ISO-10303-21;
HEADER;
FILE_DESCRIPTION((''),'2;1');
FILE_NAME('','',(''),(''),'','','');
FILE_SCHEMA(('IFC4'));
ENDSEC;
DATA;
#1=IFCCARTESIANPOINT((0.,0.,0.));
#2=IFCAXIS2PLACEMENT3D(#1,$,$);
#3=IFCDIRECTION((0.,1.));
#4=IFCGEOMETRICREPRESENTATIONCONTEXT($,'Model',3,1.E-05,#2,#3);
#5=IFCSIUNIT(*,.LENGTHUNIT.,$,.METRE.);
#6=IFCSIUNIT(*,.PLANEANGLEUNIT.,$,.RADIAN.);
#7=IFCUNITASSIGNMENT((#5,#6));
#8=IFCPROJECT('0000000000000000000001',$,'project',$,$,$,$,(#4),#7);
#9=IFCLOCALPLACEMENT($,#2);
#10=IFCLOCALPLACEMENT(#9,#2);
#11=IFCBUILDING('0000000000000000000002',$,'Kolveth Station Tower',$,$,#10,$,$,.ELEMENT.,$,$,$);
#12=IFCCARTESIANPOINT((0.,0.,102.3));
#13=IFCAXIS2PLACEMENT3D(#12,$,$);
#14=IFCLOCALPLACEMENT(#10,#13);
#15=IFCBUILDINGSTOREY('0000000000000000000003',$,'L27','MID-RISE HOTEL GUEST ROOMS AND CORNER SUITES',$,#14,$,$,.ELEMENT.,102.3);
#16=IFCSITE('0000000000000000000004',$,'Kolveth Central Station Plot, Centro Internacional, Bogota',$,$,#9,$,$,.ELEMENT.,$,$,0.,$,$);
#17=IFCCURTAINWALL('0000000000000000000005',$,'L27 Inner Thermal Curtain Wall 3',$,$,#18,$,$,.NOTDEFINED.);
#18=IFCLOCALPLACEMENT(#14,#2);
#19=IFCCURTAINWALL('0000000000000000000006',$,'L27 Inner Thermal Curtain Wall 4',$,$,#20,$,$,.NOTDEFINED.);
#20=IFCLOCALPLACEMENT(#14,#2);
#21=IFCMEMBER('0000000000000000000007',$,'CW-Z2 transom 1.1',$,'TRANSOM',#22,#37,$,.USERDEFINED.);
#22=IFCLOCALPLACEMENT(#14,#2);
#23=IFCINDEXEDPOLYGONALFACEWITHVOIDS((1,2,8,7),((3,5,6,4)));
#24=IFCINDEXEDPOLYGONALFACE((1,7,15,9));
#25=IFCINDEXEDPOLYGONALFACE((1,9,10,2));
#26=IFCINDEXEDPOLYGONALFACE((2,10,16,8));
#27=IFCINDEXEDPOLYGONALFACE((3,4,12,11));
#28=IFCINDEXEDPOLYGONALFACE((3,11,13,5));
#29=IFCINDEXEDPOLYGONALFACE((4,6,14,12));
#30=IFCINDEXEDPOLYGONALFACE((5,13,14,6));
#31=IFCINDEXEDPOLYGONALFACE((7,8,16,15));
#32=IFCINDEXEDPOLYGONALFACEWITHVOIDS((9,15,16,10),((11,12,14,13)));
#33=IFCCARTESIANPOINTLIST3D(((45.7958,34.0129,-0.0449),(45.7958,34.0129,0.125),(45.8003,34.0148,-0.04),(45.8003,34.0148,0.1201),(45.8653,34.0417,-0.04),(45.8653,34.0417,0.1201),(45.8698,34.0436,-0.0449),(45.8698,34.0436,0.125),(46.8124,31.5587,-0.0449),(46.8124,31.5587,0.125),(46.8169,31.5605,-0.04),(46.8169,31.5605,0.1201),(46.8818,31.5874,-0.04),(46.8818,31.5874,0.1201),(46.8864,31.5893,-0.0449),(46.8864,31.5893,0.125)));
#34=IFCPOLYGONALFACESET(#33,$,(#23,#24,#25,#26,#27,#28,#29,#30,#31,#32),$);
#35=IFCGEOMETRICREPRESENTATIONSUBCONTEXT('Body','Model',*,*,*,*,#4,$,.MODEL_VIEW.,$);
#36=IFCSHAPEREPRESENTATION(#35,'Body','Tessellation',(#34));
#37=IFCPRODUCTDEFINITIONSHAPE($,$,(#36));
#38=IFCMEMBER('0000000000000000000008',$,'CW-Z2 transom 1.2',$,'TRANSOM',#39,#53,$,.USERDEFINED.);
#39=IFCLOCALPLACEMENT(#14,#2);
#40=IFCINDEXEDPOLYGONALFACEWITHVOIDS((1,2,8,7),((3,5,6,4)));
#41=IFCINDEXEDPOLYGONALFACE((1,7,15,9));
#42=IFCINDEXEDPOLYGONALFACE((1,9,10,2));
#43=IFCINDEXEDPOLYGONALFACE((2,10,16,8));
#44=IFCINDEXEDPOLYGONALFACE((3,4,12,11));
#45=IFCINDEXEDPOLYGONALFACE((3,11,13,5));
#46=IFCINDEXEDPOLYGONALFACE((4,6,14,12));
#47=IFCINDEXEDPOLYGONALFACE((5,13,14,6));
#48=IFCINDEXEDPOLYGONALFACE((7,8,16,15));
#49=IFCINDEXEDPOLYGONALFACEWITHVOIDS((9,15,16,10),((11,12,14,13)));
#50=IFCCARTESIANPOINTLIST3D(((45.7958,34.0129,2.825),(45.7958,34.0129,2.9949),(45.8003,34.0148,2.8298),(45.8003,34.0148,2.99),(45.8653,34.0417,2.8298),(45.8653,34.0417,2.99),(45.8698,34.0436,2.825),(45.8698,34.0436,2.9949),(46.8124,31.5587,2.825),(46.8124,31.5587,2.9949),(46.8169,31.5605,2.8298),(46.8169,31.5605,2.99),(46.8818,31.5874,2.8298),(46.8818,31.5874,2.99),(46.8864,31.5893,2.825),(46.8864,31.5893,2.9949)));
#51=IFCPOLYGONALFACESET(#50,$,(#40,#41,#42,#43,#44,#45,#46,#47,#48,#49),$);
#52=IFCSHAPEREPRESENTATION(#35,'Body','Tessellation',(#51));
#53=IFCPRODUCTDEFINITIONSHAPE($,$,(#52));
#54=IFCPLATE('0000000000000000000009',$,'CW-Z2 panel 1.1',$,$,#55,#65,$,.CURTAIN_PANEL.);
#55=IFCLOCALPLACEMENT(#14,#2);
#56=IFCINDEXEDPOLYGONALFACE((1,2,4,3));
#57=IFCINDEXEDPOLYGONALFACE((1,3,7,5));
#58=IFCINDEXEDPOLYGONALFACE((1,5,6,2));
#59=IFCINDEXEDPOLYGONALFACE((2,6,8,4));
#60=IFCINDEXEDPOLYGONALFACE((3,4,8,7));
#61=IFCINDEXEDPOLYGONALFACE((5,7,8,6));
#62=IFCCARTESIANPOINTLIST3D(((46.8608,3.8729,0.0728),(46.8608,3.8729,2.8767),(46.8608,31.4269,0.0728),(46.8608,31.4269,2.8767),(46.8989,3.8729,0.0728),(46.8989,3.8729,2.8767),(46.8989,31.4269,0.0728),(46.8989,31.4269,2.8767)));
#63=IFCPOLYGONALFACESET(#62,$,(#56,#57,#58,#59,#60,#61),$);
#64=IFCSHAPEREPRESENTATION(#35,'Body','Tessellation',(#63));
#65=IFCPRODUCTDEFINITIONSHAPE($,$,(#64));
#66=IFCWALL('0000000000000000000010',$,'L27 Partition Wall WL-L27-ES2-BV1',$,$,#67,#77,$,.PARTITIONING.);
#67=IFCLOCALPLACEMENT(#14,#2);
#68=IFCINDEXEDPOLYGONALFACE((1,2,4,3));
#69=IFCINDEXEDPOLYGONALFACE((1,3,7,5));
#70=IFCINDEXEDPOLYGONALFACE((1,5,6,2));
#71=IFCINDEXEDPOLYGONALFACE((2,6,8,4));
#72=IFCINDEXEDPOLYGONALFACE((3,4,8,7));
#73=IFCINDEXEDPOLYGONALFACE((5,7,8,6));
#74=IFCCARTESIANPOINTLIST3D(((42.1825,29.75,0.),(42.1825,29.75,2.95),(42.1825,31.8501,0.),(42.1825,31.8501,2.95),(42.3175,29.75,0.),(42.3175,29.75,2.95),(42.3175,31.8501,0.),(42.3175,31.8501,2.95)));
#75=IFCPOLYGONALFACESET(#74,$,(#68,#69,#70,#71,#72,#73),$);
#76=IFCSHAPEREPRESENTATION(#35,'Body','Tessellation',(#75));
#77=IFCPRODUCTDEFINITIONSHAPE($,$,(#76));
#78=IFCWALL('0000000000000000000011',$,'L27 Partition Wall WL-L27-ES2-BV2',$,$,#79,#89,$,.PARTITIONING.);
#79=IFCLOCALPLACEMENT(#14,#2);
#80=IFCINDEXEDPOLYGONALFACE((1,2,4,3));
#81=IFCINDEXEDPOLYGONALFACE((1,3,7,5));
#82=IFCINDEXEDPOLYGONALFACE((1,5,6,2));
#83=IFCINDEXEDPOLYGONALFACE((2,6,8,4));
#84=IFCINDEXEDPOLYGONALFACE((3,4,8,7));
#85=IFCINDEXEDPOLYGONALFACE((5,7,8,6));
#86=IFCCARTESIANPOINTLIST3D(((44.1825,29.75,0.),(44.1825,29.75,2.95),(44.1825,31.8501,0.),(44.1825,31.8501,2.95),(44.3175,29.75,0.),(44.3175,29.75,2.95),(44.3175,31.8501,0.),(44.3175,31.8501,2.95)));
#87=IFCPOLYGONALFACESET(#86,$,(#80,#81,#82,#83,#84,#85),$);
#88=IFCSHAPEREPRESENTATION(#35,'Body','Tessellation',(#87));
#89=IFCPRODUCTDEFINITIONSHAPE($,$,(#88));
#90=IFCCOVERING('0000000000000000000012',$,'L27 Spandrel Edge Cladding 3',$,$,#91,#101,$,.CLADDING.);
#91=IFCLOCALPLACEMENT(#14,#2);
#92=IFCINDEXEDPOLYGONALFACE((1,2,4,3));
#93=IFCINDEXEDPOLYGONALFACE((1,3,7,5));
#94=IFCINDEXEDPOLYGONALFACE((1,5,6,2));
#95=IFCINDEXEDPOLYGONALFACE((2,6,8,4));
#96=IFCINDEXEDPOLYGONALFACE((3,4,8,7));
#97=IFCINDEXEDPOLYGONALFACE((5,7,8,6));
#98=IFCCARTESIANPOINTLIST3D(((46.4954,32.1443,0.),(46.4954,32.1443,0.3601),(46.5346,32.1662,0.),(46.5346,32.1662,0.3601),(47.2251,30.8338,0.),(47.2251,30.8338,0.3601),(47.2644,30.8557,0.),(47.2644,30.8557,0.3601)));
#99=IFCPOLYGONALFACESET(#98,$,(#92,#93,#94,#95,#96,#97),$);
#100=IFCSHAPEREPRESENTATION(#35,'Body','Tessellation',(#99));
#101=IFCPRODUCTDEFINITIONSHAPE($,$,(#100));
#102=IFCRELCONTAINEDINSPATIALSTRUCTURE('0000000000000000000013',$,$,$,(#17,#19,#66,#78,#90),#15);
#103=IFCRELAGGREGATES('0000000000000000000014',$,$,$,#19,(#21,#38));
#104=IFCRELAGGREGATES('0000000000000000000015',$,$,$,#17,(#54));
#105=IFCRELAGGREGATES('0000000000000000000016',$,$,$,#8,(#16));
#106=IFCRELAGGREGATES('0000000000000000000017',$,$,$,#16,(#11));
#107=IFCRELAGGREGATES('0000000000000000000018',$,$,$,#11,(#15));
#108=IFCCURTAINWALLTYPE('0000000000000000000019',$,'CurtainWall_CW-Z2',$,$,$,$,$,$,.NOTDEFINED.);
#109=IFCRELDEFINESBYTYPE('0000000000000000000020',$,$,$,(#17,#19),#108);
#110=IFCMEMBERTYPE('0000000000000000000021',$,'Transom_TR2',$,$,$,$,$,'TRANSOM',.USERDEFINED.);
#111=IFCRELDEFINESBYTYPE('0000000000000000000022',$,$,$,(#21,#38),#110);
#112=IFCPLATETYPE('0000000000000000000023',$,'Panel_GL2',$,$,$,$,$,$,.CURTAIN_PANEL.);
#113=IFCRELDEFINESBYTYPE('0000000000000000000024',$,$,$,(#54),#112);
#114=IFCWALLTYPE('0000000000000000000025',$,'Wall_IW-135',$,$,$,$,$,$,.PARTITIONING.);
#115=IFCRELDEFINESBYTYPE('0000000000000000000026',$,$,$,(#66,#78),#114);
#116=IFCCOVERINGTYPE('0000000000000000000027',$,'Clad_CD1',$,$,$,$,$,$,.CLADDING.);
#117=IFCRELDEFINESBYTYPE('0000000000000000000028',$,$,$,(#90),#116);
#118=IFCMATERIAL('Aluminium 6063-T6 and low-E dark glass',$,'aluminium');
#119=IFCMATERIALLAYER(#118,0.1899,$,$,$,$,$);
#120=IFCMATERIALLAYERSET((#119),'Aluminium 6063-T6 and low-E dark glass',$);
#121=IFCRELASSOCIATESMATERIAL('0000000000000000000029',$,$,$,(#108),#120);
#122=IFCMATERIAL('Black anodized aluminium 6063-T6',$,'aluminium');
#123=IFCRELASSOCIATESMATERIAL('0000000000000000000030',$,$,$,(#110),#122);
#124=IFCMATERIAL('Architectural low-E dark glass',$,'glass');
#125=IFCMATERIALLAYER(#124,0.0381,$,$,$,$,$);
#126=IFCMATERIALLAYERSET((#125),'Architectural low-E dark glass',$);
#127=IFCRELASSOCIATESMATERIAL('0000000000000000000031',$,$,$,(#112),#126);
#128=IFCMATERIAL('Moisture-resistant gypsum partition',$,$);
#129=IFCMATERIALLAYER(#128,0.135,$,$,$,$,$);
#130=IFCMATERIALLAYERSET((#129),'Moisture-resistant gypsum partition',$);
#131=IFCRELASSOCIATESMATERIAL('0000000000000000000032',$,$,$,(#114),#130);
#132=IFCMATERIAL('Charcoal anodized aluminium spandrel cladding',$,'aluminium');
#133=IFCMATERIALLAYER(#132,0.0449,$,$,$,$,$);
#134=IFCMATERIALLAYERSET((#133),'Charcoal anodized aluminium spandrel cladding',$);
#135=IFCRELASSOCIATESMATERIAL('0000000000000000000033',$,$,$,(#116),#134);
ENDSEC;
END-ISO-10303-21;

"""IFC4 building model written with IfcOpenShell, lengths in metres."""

from ifc_helpers import new_model, si_unit, direction, frame, frame_2d, origin, origin_2d, place, context, subcontext, project, spatial, rectangle, hollow_rectangle, extrude, source, transform, mapped, material, layer, layer_set, material_profile, profile_set, type_object, element, aggregate, save


model = new_model("IFC4")

# Units and contexts
model_context = context("Model", 3, precision=1e-05, world=origin(), true_north=direction((0.0, 1.0)))
body_context = subcontext(model_context, "Body", "Model", "MODEL_VIEW")
ifc_project = project(units=[si_unit("LENGTHUNIT", "METRE"), si_unit("PLANEANGLEUNIT", "RADIAN")], contexts=[model_context])

# Site, building, storey
site_placement = place(None, origin())
site = spatial("IfcSite", under=ifc_project, at=site_placement, Name="Kolveth Central Station Plot, Centro Internacional, Bogota", CompositionType="ELEMENT", RefElevation=0.0)
building_placement = place(site_placement, origin())
building = spatial("IfcBuilding", under=site, at=building_placement, Name="Kolveth Station Tower", CompositionType="ELEMENT")
storey_placement = place(building_placement, frame((0.0, 0.0, 102.3)))
storey = spatial("IfcBuildingStorey", under=building, at=storey_placement, Name="L27", Description="MID-RISE HOTEL GUEST ROOMS AND CORNER SUITES", CompositionType="ELEMENT", Elevation=102.3)

# Curtain wall
ifc_material_1 = material(Name="Aluminium 6063-T6 and low-E dark glass", Category="aluminium")
ifc_layer_1 = layer(ifc_material_1, 0.1899)
ifc_layer_set_1 = layer_set([ifc_layer_1], Name="Aluminium 6063-T6 and low-E dark glass")
curtain_wall_type = type_object("IfcCurtainWallType", Name="CurtainWall_CW-Z2", PredefinedType="NOTDEFINED", material=ifc_layer_set_1)
curtain_wall_1_placement = place(storey_placement, origin())
curtain_wall_1 = element("IfcCurtainWall", 1, at=curtain_wall_1_placement, inside=storey, type_object=curtain_wall_type, Name="L27 Inner Thermal Curtain Wall 3", PredefinedType="NOTDEFINED")
ifc_material_2 = material(Name="Black anodized aluminium 6063-T6", Category="aluminium")

# Curtain wall, members
curtain_wall_2_placement = place(storey_placement, origin())
curtain_wall_2 = element("IfcCurtainWall", 2, at=curtain_wall_2_placement, inside=storey, type_object=curtain_wall_type, Name="L27 Inner Thermal Curtain Wall 4", PredefinedType="NOTDEFINED")
ifc_material_profile_1 = material_profile(ifc_material_2, hollow_rectangle(XDim=0.0801, YDim=0.1699, WallThickness=0.0049, at=origin_2d()), Name="ALU-80x170x5")
ifc_profile_set_1 = profile_set([ifc_material_profile_1], Name="Black anodized aluminium 6063-T6")
member_type_1 = type_object("IfcMemberType", Name="Transom_TR2", ElementType="TRANSOM", PredefinedType="USERDEFINED", material=ifc_profile_set_1)
shared_shape_1 = source(origin(), body_context, "Body", "SweptSolid", [
    extrude(hollow_rectangle(XDim=0.0801, YDim=0.1699, WallThickness=0.0049, at=origin_2d()), origin(), (0.0, 0.0, 1.0), 2.6565),
])
member_1_placement = place(storey_placement, frame((46.8494, 31.574, 0.04), z_axis=(-0.382676, 0.923882, 0.0), x_axis=(-0.923882, -0.382676, 0.0)))
member_1 = element("IfcMember", 3, at=member_1_placement, type_object=member_type_1, Name="CW-Z2 transom 1.1", ObjectType="TRANSOM", PredefinedType="USERDEFINED", context=body_context, shape_type="MappedRepresentation", body=[
    mapped(shared_shape_1, transform((0.0, 0.0, 0.0), x_axis=(1.0, 0.0, 0.0), y_axis=(0.0, 1.0, 0.0), z_axis=(0.0, 0.0, 1.0), scale=1.0)),
])
member_2_placement = place(storey_placement, frame((46.8494, 31.574, 2.9099), z_axis=(-0.382676, 0.923882, 0.0), x_axis=(-0.923882, -0.382676, 0.0)))
member_2 = element("IfcMember", 4, at=member_2_placement, type_object=member_type_1, Name="CW-Z2 transom 1.2", ObjectType="TRANSOM", PredefinedType="USERDEFINED", context=body_context, shape_type="MappedRepresentation", body=[
    mapped(shared_shape_1, transform((0.0, 0.0, 0.0), x_axis=(1.0, 0.0, 0.0), y_axis=(0.0, 1.0, 0.0), z_axis=(0.0, 0.0, 1.0), scale=1.0)),
])
aggregate(curtain_wall_2, [member_1, member_2])

# Plate
ifc_material_3 = material(Name="Architectural low-E dark glass", Category="glass")
ifc_layer_2 = layer(ifc_material_3, 0.0381)
ifc_layer_set_2 = layer_set([ifc_layer_2], Name="Architectural low-E dark glass")
plate_type = type_object("IfcPlateType", Name="Panel_GL2", PredefinedType="CURTAIN_PANEL", material=ifc_layer_set_2)
shared_shape_2 = source(origin(), body_context, "Body", "SweptSolid", [
    extrude(rectangle(XDim=27.554, YDim=0.0381, at=origin_2d()), origin(), (0.0, 0.0, 1.0), 2.804),
])
plate_placement = place(storey_placement, frame((46.8799, 17.6499, 0.0728), z_axis=(0.0, 0.0, 1.0), x_axis=(0.0, 1.0, 0.0)))
plate = element("IfcPlate", 5, at=plate_placement, type_object=plate_type, Name="CW-Z2 panel 1.1", PredefinedType="CURTAIN_PANEL", context=body_context, shape_type="MappedRepresentation", body=[
    mapped(shared_shape_2, transform((0.0, 0.0, 0.0), x_axis=(1.0, 0.0, 0.0), y_axis=(0.0, 1.0, 0.0), z_axis=(0.0, 0.0, 1.0), scale=1.0)),
])
aggregate(curtain_wall_1, [plate])

# Walls
ifc_material_4 = material(Name="Moisture-resistant gypsum partition")
ifc_layer_3 = layer(ifc_material_4, 0.135)
ifc_layer_set_3 = layer_set([ifc_layer_3], Name="Moisture-resistant gypsum partition")
wall_type = type_object("IfcWallType", Name="Wall_IW-135", PredefinedType="PARTITIONING", material=ifc_layer_set_3)
for number, where, z_axis, x_axis, name in (
    (6, (42.25, 29.75, 0.0), (0.0, 0.0, 1.0), (0.0, 1.0, 0.0), "L27 Partition Wall WL-L27-ES2-BV1"),
    (7, (44.25, 29.75, 0.0), (0.0, 0.0, 1.0), (0.0, 1.0, 0.0), "L27 Partition Wall WL-L27-ES2-BV2"),
):
    element("IfcWall", number, at=place(storey_placement, frame(where, z_axis=z_axis, x_axis=x_axis)), inside=storey, type_object=wall_type, Name=name, PredefinedType="PARTITIONING", context=body_context, shape_type="SweptSolid", body=[
        extrude(rectangle(XDim=2.1001, YDim=0.135, at=frame_2d((1.05, 0.0))), origin(), (0.0, 0.0, 1.0), 2.95),
    ])

# Covering
ifc_material_5 = material(Name="Charcoal anodized aluminium spandrel cladding", Category="aluminium")
ifc_layer_4 = layer(ifc_material_5, 0.0449)
ifc_layer_set_4 = layer_set([ifc_layer_4], Name="Charcoal anodized aluminium spandrel cladding")
covering_type = type_object("IfcCoveringType", Name="Clad_CD1", PredefinedType="CLADDING", material=ifc_layer_set_4)
shared_shape_3 = source(origin(), body_context, "Body", "SweptSolid", [
    extrude(rectangle(XDim=1.5, YDim=0.0449, at=origin_2d()), origin(), (0.0, 0.0, 1.0), 0.3601),
])
covering_placement = place(storey_placement, frame((46.8799, 31.5, 0.0), z_axis=(0.0, 0.0, 1.0), x_axis=(-0.486488, 0.873687, 0.0)))
element("IfcCovering", 8, at=covering_placement, inside=storey, type_object=covering_type, Name="L27 Spandrel Edge Cladding 3", PredefinedType="CLADDING", context=body_context, shape_type="MappedRepresentation", body=[
    mapped(shared_shape_3, transform((0.0, 0.0, 0.0), x_axis=(1.0, 0.0, 0.0), y_axis=(0.0, 1.0, 0.0), z_axis=(0.0, 0.0, 1.0), scale=1.0)),
])

save(model, "model.ifc")
